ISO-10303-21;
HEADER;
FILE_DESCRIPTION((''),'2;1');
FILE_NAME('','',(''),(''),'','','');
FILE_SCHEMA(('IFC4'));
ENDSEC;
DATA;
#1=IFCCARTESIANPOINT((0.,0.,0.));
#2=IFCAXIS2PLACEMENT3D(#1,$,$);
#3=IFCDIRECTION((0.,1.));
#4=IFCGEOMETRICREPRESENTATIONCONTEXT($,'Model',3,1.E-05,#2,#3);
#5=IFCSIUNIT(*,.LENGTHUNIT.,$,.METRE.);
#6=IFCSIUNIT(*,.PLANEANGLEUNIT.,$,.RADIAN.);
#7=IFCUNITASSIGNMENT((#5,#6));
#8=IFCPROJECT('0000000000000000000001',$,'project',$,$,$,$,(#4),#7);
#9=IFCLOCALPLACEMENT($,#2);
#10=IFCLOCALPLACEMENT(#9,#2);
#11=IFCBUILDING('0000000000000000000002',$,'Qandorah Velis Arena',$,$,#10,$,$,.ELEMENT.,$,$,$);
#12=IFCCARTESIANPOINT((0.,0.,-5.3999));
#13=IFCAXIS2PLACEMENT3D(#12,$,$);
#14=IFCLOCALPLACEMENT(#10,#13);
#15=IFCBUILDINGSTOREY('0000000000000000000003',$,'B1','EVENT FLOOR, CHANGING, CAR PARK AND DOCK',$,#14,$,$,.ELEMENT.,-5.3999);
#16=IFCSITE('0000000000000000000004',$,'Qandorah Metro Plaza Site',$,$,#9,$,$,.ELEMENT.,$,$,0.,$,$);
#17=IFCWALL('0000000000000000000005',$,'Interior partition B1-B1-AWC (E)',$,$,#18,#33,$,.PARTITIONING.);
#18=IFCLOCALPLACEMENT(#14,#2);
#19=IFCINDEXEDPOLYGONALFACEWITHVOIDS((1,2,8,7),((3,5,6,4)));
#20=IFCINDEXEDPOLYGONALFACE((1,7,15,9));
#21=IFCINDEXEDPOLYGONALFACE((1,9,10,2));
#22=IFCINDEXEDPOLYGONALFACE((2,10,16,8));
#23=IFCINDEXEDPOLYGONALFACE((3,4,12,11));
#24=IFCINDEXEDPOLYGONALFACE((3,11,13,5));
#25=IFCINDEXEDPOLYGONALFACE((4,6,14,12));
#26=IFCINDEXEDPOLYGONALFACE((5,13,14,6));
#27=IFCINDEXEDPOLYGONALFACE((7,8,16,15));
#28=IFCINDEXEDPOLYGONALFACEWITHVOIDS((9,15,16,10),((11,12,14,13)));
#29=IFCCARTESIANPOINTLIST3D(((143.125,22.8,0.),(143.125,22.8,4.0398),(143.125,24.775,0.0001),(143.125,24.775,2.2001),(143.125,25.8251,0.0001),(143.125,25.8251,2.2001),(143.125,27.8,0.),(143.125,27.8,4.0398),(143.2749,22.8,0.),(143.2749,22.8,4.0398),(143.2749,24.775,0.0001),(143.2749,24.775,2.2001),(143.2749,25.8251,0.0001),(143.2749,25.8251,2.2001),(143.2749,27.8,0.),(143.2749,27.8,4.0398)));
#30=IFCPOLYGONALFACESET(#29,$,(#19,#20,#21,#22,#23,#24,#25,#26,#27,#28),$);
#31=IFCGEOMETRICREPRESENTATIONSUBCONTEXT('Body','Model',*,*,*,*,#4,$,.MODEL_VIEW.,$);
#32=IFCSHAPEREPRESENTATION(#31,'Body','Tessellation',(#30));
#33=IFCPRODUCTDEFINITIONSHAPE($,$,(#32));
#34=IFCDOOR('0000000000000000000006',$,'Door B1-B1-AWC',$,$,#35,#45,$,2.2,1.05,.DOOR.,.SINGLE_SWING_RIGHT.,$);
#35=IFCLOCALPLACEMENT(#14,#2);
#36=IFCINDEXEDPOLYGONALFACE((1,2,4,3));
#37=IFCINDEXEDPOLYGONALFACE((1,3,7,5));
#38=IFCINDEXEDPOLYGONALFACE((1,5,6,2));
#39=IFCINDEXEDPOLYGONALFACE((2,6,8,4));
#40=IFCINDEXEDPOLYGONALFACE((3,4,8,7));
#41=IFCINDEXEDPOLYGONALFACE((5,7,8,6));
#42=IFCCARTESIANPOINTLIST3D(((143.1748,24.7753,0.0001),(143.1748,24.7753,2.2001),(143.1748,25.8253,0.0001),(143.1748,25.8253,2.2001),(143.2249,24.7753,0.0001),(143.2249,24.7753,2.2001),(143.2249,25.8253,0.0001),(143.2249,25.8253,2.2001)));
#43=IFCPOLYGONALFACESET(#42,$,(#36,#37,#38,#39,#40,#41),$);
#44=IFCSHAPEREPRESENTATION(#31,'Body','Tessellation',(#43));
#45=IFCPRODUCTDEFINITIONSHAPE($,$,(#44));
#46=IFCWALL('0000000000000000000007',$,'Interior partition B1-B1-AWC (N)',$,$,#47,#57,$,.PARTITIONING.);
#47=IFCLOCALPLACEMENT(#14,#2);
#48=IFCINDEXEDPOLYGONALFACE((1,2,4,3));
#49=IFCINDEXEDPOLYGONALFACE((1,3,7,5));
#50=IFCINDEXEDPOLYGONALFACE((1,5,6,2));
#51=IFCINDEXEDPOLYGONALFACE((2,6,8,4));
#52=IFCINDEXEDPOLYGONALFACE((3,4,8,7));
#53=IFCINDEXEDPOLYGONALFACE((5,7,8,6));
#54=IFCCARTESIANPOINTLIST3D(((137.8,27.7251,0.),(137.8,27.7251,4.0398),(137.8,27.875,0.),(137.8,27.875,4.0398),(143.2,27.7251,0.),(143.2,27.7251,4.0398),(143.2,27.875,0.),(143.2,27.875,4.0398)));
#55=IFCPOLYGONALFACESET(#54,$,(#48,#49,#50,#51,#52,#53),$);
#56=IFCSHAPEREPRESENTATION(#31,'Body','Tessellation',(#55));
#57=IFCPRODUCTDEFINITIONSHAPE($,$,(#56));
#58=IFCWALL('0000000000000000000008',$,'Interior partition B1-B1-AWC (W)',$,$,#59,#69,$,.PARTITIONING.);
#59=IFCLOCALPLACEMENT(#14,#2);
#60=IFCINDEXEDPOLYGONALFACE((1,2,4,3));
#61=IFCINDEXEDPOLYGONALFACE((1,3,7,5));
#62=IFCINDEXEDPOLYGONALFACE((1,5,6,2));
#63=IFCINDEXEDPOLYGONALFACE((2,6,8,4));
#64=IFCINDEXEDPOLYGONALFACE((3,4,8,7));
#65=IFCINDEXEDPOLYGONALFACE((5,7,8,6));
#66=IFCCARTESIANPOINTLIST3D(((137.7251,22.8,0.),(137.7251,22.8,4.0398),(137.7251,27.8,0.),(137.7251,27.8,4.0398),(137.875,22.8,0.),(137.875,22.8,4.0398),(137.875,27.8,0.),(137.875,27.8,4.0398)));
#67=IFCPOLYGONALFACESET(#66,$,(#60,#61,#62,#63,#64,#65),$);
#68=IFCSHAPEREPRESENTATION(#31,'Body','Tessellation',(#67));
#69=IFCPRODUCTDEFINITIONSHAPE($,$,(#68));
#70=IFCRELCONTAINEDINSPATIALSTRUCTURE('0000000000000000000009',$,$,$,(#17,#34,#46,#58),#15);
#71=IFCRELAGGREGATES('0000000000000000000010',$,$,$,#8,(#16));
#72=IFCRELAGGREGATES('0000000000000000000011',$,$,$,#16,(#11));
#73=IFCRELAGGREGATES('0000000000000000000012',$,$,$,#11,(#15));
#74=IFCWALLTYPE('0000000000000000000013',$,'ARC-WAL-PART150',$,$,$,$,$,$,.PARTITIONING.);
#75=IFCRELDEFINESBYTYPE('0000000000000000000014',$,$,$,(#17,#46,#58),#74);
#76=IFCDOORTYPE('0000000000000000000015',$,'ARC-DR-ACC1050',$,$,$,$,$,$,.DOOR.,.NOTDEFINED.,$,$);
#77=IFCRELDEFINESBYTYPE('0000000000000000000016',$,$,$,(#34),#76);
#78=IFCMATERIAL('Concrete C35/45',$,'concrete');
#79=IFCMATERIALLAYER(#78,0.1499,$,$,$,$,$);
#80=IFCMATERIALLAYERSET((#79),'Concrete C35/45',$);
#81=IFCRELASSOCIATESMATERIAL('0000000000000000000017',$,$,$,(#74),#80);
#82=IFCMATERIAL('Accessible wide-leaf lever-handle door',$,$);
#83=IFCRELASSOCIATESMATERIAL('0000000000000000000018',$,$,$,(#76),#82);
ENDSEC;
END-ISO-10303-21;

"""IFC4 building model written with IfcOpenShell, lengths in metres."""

from ifc_helpers import new_model, si_unit, direction, frame, frame_2d, origin, place, context, subcontext, project, spatial, rectangle, extrude, material, layer, layer_set, type_object, element, fill, save


model = new_model("IFC4")

# Units and contexts
model_context = context("Model", 3, precision=1e-05, world=origin(), true_north=direction((0.0, 1.0)))
body_context = subcontext(model_context, "Body", "Model", "MODEL_VIEW")
ifc_project = project(units=[si_unit("LENGTHUNIT", "METRE"), si_unit("PLANEANGLEUNIT", "RADIAN")], contexts=[model_context])

# Site, building, storey
site_placement = place(None, origin())
site = spatial("IfcSite", under=ifc_project, at=site_placement, Name="Qandorah Metro Plaza Site", CompositionType="ELEMENT", RefElevation=0.0)
building_placement = place(site_placement, origin())
building = spatial("IfcBuilding", under=site, at=building_placement, Name="Qandorah Velis Arena", CompositionType="ELEMENT")
storey_placement = place(building_placement, frame((0.0, 0.0, -5.3999)))
storey = spatial("IfcBuildingStorey", under=building, at=storey_placement, Name="B1", Description="EVENT FLOOR, CHANGING, CAR PARK AND DOCK", CompositionType="ELEMENT", Elevation=-5.3999)

# Shared definitions
ifc_material_1 = material(Name="Concrete C35/45", Category="concrete")

# Shared definitions
ifc_layer_1 = layer(ifc_material_1, 0.1499)
ifc_layer_set_1 = layer_set([ifc_layer_1], Name="Concrete C35/45")
wall_type_1 = type_object("IfcWallType", Name="ARC-WAL-PART150", PredefinedType="PARTITIONING", material=ifc_layer_set_1)

# Wall, opening, door
wall_1_placement = place(storey_placement, frame((143.2, 22.8, 0.0), z_axis=(0.0, 0.0, 1.0), x_axis=(0.0, 1.0, 0.0)))
wall_1 = element("IfcWall", 1, at=wall_1_placement, inside=storey, type_object=wall_type_1, Name="Interior partition B1-B1-AWC (E)", PredefinedType="PARTITIONING", context=body_context, shape_type="SweptSolid", body=[
    extrude(rectangle(XDim=5.0, YDim=0.1499, at=frame_2d((2.5, 0.0))), origin(), (0.0, 0.0, 1.0), 4.0398),
])
opening_1_placement = place(wall_1_placement, frame((1.9751, 0.0, 0.0)))
opening_1 = element("IfcOpeningElement", 2, at=opening_1_placement, cuts=wall_1, PredefinedType="OPENING", context=body_context, shape_type="SweptSolid", body=[
    extrude(rectangle(XDim=1.05, YDim=2.2, at=frame_2d((0.5249, 1.1001))), frame((0.0, 0.085, 0.0), z_axis=(0.0, -1.0, 0.0), x_axis=(1.0, 0.0, 0.0)), (0.0, 0.0, 1.0), 0.1699),
])
ifc_material_2 = material(Name="Accessible wide-leaf lever-handle door")
door_type_1 = type_object("IfcDoorType", Name="ARC-DR-ACC1050", OperationType="NOTDEFINED", PredefinedType="DOOR", material=ifc_material_2)
door_1_placement = place(opening_1_placement, frame((1.05, 0.0, 0.0), z_axis=(0.0, 0.0, 1.0), x_axis=(-1.0, 0.0, 0.0)))
door_1 = element("IfcDoor", 3, at=door_1_placement, inside=storey, type_object=door_type_1, Name="Door B1-B1-AWC", OperationType="SINGLE_SWING_RIGHT", OverallHeight=2.2, OverallWidth=1.05, PredefinedType="DOOR", context=body_context, shape_type="SweptSolid", body=[
    extrude(rectangle(XDim=1.05, YDim=2.2, at=frame_2d((0.5249, 1.1001))), frame((0.0, 0.0249, 0.0), z_axis=(0.0, -1.0, 0.0), x_axis=(1.0, 0.0, 0.0)), (0.0, 0.0, 1.0), 0.05),
])
fill(opening_1, door_1)

# Walls
wall_2_placement = place(storey_placement, frame((143.2, 27.8, 0.0), z_axis=(0.0, 0.0, 1.0), x_axis=(-1.0, 0.0, 0.0)))
element("IfcWall", 4, at=wall_2_placement, inside=storey, type_object=wall_type_1, Name="Interior partition B1-B1-AWC (N)", PredefinedType="PARTITIONING", context=body_context, shape_type="SweptSolid", body=[
    extrude(rectangle(XDim=5.3999, YDim=0.1499, at=frame_2d((2.7, 0.0))), origin(), (0.0, 0.0, 1.0), 4.0398),
])
wall_3_placement = place(storey_placement, frame((137.8, 27.8, 0.0), z_axis=(0.0, 0.0, 1.0), x_axis=(0.0, -1.0, 0.0)))
element("IfcWall", 5, at=wall_3_placement, inside=storey, type_object=wall_type_1, Name="Interior partition B1-B1-AWC (W)", PredefinedType="PARTITIONING", context=body_context, shape_type="SweptSolid", body=[
    extrude(rectangle(XDim=5.0, YDim=0.1499, at=frame_2d((2.5, 0.0))), origin(), (0.0, 0.0, 1.0), 4.0398),
])

save(model, "model.ifc")
